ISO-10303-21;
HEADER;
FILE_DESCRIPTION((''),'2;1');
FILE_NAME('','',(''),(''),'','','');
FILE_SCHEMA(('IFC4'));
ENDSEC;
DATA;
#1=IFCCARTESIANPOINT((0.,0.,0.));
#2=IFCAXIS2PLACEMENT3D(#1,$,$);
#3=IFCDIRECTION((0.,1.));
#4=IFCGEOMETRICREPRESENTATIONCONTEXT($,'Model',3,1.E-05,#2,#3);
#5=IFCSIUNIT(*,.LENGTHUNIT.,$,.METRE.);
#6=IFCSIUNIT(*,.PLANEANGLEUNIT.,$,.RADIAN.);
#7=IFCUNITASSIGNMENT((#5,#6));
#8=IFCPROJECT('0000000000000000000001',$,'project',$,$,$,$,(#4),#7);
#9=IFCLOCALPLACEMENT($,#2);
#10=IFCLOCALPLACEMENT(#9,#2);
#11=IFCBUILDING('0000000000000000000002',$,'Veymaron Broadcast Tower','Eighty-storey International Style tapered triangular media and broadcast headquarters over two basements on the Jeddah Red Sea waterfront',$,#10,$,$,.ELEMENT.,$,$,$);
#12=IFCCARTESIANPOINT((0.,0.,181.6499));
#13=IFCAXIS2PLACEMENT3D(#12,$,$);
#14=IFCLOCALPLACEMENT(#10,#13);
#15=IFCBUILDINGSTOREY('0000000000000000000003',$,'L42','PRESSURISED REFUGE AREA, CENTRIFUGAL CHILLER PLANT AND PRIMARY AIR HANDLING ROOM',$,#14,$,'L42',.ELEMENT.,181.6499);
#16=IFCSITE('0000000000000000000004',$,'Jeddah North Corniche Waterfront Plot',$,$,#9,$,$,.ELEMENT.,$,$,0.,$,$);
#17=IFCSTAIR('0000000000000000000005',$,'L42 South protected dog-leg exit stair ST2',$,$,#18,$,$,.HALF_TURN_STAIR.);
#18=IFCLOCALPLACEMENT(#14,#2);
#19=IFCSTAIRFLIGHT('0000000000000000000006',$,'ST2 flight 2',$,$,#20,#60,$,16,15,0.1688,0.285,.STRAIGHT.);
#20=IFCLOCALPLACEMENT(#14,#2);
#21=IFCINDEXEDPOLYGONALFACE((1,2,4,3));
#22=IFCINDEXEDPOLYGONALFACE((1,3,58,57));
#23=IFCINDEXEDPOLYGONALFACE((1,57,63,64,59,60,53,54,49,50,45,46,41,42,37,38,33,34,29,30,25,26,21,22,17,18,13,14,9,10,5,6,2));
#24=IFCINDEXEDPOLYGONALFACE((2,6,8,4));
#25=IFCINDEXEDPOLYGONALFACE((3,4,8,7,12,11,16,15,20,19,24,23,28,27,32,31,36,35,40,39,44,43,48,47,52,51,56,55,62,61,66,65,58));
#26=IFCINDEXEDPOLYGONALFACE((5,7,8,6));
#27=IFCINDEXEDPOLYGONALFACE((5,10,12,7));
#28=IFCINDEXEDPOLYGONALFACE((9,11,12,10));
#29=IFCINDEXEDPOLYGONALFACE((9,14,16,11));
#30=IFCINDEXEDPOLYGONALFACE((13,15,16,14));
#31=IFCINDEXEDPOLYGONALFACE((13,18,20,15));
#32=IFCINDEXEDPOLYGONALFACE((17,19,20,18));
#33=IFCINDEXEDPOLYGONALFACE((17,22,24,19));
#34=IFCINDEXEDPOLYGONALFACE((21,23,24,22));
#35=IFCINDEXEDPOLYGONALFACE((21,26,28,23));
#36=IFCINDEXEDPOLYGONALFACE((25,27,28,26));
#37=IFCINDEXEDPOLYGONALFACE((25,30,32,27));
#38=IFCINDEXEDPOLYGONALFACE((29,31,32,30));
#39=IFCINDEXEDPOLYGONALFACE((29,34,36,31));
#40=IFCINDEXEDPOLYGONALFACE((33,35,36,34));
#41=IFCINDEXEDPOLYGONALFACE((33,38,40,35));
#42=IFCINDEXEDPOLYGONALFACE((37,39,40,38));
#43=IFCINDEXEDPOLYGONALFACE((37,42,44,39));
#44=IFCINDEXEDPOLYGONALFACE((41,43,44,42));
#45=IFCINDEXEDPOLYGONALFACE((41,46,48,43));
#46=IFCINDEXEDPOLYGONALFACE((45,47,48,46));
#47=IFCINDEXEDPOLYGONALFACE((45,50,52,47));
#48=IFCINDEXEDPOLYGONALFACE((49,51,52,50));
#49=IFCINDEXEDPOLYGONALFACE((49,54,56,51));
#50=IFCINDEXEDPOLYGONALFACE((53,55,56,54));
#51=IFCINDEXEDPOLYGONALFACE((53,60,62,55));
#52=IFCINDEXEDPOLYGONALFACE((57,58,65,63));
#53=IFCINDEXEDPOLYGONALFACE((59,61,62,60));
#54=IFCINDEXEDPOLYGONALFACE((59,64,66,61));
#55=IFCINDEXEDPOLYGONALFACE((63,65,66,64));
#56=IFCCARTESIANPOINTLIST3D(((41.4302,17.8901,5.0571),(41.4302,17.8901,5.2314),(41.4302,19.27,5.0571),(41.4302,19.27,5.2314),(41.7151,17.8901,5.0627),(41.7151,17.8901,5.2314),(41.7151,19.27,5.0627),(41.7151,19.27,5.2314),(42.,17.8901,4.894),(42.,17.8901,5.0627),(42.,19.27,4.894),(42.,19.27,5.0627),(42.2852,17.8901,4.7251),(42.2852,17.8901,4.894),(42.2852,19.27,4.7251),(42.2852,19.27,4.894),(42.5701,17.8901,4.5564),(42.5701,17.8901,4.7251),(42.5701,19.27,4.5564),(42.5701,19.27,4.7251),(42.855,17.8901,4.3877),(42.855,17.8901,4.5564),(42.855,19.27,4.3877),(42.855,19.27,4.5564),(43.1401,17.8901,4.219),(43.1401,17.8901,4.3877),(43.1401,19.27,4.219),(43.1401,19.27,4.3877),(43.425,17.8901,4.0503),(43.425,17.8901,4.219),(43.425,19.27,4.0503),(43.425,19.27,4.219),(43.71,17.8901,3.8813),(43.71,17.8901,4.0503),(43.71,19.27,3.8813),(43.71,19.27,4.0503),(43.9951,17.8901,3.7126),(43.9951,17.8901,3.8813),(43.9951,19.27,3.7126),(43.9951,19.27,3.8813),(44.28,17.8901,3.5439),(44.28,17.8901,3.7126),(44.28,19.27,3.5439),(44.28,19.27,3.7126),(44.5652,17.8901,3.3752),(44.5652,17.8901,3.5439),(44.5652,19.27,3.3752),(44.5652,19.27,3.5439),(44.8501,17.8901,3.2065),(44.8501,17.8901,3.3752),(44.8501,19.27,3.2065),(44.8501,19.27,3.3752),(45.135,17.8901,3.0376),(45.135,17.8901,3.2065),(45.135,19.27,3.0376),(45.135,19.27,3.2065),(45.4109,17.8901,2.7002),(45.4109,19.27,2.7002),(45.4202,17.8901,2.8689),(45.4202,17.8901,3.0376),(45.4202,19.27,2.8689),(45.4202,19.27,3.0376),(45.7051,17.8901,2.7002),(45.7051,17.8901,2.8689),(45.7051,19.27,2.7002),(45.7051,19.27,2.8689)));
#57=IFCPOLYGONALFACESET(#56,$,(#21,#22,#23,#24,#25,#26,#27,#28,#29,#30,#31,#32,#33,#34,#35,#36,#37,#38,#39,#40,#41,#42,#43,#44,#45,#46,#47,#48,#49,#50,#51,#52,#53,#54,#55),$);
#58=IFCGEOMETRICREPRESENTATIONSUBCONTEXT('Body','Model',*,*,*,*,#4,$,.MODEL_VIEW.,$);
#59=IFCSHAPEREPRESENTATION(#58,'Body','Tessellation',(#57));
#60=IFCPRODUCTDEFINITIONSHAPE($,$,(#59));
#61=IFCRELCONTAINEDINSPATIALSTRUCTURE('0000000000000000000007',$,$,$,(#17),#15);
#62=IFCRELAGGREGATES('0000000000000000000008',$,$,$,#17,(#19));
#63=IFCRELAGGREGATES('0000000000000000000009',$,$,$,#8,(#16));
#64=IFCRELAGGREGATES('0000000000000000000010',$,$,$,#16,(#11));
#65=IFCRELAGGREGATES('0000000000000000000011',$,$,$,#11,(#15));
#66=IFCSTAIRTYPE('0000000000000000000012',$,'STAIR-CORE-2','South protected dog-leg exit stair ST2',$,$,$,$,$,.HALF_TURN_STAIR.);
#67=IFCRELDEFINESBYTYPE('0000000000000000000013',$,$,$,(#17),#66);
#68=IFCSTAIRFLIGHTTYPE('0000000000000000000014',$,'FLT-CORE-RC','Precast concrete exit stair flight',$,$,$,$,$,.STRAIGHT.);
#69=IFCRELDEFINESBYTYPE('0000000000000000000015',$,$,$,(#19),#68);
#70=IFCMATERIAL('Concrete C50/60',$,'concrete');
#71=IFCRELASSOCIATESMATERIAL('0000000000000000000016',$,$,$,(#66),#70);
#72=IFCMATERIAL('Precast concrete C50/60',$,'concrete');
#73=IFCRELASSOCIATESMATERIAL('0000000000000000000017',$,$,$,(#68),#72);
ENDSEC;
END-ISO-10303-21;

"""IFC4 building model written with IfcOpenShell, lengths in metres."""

from ifc_helpers import new_model, si_unit, direction, frame, origin, place, context, subcontext, project, spatial, polyline, outline, extrude, material, type_object, element, aggregate, save


model = new_model("IFC4")

# Units and contexts
model_context = context("Model", 3, precision=1e-05, world=origin(), true_north=direction((0.0, 1.0)))
body_context = subcontext(model_context, "Body", "Model", "MODEL_VIEW")
ifc_project = project(units=[si_unit("LENGTHUNIT", "METRE"), si_unit("PLANEANGLEUNIT", "RADIAN")], contexts=[model_context])

# Site, building, storey
site_placement = place(None, origin())
site = spatial("IfcSite", under=ifc_project, at=site_placement, Name="Jeddah North Corniche Waterfront Plot", CompositionType="ELEMENT", RefElevation=0.0)
building_placement = place(site_placement, origin())
building = spatial("IfcBuilding", under=site, at=building_placement, Name="Veymaron Broadcast Tower", Description="Eighty-storey International Style tapered triangular media and broadcast headquarters over two basements on the Jeddah Red Sea waterfront", CompositionType="ELEMENT")
storey_placement = place(building_placement, frame((0.0, 0.0, 181.6499)))
storey = spatial("IfcBuildingStorey", under=building, at=storey_placement, Name="L42", Description="PRESSURISED REFUGE AREA, CENTRIFUGAL CHILLER PLANT AND PRIMARY AIR HANDLING ROOM", LongName="L42", CompositionType="ELEMENT", Elevation=181.6499)

# Shared definitions
ifc_material_1 = material(Name="Concrete C50/60", Category="concrete")

# Stair, stair flight
stair_type = type_object("IfcStairType", Name="STAIR-CORE-2", Description="South protected dog-leg exit stair ST2", PredefinedType="HALF_TURN_STAIR", material=ifc_material_1)
stair_placement = place(storey_placement, origin())
stair = element("IfcStair", 1, at=stair_placement, inside=storey, type_object=stair_type, Name="L42 South protected dog-leg exit stair ST2", PredefinedType="HALF_TURN_STAIR")
ifc_material_2 = material(Name="Precast concrete C50/60", Category="concrete")
stair_flight_type = type_object("IfcStairFlightType", Name="FLT-CORE-RC", Description="Precast concrete exit stair flight", PredefinedType="STRAIGHT", material=ifc_material_2)
stair_flight_placement = place(storey_placement, frame((45.7051, 18.5801, 2.7002), z_axis=(0.0, 0.0, 1.0), x_axis=(-1.0, 0.0, 0.0)))
stair_flight = element("IfcStairFlight", 2, at=stair_flight_placement, type_object=stair_flight_type, Name="ST2 flight 2", NumberOfRisers=16, NumberOfTreads=15, PredefinedType="STRAIGHT", RiserHeight=0.1688, TreadLength=0.285, context=body_context, shape_type="SweptSolid", body=[
    extrude(outline(polyline([(0.0, 0.0), (0.0, 0.1687), (0.2849, 0.1687), (0.2849, 0.3374), (0.5701, 0.3374), (0.5701, 0.5063), (0.855, 0.5063), (0.855, 0.675), (1.1399, 0.675), (1.1399, 0.8438), (1.425, 0.8438), (1.425, 1.0125), (1.71, 1.0125), (1.71, 1.1812), (1.9951, 1.1812), (1.9951, 1.3501), (2.28, 1.3501), (2.28, 1.5188), (2.5649, 1.5188), (2.5649, 1.6875), (2.8501, 1.6875), (2.8501, 1.8562), (3.135, 1.8562), (3.135, 2.0249), (3.4199, 2.0249), (3.4199, 2.1938), (3.7051, 2.1938), (3.7051, 2.3625), (3.99, 2.3625), (3.99, 2.5312), (4.2749, 2.5312), (4.2749, 2.7), (4.2749, 2.3569), (0.2942, 0.0), (0.0, 0.0)])), frame((0.0, 0.6899, 0.0), z_axis=(0.0, -1.0, 0.0), x_axis=(1.0, 0.0, 0.0)), (0.0, 0.0, 1.0), 1.3799),
])
aggregate(stair, [stair_flight])

save(model, "model.ifc")
